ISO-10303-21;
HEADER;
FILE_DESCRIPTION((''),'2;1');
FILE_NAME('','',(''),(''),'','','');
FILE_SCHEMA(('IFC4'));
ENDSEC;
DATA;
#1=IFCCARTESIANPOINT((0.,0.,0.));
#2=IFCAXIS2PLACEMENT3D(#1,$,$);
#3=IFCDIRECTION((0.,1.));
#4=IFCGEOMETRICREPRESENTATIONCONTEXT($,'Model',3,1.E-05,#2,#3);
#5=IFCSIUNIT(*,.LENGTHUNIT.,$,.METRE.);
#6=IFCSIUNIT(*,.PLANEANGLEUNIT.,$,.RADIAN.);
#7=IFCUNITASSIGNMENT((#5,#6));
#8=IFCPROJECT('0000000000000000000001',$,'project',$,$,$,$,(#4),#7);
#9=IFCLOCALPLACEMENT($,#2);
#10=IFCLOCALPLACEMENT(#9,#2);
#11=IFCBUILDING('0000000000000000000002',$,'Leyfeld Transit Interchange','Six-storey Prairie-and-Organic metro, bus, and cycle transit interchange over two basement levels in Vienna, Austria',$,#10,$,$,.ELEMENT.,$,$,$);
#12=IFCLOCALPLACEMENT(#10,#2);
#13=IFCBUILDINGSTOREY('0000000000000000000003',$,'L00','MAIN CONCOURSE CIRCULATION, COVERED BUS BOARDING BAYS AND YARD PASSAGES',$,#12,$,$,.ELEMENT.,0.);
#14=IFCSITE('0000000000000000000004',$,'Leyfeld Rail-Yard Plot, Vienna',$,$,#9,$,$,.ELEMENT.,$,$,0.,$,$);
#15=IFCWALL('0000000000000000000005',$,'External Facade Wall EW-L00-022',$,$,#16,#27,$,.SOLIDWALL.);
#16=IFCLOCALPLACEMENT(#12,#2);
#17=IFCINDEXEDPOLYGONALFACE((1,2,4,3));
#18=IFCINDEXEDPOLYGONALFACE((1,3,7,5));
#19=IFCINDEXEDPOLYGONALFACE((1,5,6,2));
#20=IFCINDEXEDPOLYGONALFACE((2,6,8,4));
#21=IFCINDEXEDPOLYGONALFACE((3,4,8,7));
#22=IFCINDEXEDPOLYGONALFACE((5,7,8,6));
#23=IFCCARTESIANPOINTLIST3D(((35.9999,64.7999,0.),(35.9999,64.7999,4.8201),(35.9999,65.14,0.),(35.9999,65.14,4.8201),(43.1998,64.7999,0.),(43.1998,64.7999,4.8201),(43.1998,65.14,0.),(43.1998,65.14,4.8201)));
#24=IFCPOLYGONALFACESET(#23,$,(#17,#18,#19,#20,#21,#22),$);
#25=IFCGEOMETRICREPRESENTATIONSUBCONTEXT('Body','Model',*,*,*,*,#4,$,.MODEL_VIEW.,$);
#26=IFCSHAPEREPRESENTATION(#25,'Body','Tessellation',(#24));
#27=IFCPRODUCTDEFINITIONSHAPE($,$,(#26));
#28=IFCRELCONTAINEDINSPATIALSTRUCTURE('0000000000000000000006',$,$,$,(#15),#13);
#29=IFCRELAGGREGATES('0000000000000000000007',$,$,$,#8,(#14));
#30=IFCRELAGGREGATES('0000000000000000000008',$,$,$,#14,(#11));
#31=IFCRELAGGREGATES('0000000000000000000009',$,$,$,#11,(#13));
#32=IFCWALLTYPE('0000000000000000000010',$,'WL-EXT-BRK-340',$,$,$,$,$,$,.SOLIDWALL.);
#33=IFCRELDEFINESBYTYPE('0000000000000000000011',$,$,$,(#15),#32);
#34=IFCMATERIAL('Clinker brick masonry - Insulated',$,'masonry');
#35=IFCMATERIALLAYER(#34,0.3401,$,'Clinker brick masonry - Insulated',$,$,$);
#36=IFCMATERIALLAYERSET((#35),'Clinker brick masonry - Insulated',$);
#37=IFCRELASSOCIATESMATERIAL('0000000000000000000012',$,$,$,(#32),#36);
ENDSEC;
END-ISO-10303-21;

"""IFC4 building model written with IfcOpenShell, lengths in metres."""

from ifc_helpers import new_model, si_unit, direction, frame, frame_2d, origin, place, context, subcontext, project, spatial, rectangle, extrude, material, layer, layer_set, type_object, element, save


model = new_model("IFC4")

# Units and contexts
model_context = context("Model", 3, precision=1e-05, world=origin(), true_north=direction((0.0, 1.0)))
body_context = subcontext(model_context, "Body", "Model", "MODEL_VIEW")
ifc_project = project(units=[si_unit("LENGTHUNIT", "METRE"), si_unit("PLANEANGLEUNIT", "RADIAN")], contexts=[model_context])

# Site, building, storey
site_placement = place(None, origin())
site = spatial("IfcSite", under=ifc_project, at=site_placement, Name="Leyfeld Rail-Yard Plot, Vienna", CompositionType="ELEMENT", RefElevation=0.0)
building_placement = place(site_placement, origin())
building = spatial("IfcBuilding", under=site, at=building_placement, Name="Leyfeld Transit Interchange", Description="Six-storey Prairie-and-Organic metro, bus, and cycle transit interchange over two basement levels in Vienna, Austria", CompositionType="ELEMENT")
storey_placement = place(building_placement, origin())
storey = spatial("IfcBuildingStorey", under=building, at=storey_placement, Name="L00", Description="MAIN CONCOURSE CIRCULATION, COVERED BUS BOARDING BAYS AND YARD PASSAGES", CompositionType="ELEMENT", Elevation=0.0)

# Wall
ifc_material_1 = material(Name="Clinker brick masonry - Insulated", Category="masonry")
ifc_layer_1 = layer(ifc_material_1, 0.3401, Name="Clinker brick masonry - Insulated")
ifc_layer_set_1 = layer_set([ifc_layer_1], Name="Clinker brick masonry - Insulated")
wall_type = type_object("IfcWallType", Name="WL-EXT-BRK-340", PredefinedType="SOLIDWALL", material=ifc_layer_set_1)
wall_placement = place(storey_placement, frame((43.2, 64.97, 0.0), z_axis=(0.0, 0.0, 1.0), x_axis=(-1.0, 0.0, 0.0)))
element("IfcWall", 1, at=wall_placement, inside=storey, type_object=wall_type, Name="External Facade Wall EW-L00-022", PredefinedType="SOLIDWALL", context=body_context, shape_type="SweptSolid", body=[
    extrude(rectangle(XDim=7.2, YDim=0.3401, at=frame_2d((3.6001, 0.0))), origin(), (0.0, 0.0, 1.0), 4.8201),
])

save(model, "model.ifc")
